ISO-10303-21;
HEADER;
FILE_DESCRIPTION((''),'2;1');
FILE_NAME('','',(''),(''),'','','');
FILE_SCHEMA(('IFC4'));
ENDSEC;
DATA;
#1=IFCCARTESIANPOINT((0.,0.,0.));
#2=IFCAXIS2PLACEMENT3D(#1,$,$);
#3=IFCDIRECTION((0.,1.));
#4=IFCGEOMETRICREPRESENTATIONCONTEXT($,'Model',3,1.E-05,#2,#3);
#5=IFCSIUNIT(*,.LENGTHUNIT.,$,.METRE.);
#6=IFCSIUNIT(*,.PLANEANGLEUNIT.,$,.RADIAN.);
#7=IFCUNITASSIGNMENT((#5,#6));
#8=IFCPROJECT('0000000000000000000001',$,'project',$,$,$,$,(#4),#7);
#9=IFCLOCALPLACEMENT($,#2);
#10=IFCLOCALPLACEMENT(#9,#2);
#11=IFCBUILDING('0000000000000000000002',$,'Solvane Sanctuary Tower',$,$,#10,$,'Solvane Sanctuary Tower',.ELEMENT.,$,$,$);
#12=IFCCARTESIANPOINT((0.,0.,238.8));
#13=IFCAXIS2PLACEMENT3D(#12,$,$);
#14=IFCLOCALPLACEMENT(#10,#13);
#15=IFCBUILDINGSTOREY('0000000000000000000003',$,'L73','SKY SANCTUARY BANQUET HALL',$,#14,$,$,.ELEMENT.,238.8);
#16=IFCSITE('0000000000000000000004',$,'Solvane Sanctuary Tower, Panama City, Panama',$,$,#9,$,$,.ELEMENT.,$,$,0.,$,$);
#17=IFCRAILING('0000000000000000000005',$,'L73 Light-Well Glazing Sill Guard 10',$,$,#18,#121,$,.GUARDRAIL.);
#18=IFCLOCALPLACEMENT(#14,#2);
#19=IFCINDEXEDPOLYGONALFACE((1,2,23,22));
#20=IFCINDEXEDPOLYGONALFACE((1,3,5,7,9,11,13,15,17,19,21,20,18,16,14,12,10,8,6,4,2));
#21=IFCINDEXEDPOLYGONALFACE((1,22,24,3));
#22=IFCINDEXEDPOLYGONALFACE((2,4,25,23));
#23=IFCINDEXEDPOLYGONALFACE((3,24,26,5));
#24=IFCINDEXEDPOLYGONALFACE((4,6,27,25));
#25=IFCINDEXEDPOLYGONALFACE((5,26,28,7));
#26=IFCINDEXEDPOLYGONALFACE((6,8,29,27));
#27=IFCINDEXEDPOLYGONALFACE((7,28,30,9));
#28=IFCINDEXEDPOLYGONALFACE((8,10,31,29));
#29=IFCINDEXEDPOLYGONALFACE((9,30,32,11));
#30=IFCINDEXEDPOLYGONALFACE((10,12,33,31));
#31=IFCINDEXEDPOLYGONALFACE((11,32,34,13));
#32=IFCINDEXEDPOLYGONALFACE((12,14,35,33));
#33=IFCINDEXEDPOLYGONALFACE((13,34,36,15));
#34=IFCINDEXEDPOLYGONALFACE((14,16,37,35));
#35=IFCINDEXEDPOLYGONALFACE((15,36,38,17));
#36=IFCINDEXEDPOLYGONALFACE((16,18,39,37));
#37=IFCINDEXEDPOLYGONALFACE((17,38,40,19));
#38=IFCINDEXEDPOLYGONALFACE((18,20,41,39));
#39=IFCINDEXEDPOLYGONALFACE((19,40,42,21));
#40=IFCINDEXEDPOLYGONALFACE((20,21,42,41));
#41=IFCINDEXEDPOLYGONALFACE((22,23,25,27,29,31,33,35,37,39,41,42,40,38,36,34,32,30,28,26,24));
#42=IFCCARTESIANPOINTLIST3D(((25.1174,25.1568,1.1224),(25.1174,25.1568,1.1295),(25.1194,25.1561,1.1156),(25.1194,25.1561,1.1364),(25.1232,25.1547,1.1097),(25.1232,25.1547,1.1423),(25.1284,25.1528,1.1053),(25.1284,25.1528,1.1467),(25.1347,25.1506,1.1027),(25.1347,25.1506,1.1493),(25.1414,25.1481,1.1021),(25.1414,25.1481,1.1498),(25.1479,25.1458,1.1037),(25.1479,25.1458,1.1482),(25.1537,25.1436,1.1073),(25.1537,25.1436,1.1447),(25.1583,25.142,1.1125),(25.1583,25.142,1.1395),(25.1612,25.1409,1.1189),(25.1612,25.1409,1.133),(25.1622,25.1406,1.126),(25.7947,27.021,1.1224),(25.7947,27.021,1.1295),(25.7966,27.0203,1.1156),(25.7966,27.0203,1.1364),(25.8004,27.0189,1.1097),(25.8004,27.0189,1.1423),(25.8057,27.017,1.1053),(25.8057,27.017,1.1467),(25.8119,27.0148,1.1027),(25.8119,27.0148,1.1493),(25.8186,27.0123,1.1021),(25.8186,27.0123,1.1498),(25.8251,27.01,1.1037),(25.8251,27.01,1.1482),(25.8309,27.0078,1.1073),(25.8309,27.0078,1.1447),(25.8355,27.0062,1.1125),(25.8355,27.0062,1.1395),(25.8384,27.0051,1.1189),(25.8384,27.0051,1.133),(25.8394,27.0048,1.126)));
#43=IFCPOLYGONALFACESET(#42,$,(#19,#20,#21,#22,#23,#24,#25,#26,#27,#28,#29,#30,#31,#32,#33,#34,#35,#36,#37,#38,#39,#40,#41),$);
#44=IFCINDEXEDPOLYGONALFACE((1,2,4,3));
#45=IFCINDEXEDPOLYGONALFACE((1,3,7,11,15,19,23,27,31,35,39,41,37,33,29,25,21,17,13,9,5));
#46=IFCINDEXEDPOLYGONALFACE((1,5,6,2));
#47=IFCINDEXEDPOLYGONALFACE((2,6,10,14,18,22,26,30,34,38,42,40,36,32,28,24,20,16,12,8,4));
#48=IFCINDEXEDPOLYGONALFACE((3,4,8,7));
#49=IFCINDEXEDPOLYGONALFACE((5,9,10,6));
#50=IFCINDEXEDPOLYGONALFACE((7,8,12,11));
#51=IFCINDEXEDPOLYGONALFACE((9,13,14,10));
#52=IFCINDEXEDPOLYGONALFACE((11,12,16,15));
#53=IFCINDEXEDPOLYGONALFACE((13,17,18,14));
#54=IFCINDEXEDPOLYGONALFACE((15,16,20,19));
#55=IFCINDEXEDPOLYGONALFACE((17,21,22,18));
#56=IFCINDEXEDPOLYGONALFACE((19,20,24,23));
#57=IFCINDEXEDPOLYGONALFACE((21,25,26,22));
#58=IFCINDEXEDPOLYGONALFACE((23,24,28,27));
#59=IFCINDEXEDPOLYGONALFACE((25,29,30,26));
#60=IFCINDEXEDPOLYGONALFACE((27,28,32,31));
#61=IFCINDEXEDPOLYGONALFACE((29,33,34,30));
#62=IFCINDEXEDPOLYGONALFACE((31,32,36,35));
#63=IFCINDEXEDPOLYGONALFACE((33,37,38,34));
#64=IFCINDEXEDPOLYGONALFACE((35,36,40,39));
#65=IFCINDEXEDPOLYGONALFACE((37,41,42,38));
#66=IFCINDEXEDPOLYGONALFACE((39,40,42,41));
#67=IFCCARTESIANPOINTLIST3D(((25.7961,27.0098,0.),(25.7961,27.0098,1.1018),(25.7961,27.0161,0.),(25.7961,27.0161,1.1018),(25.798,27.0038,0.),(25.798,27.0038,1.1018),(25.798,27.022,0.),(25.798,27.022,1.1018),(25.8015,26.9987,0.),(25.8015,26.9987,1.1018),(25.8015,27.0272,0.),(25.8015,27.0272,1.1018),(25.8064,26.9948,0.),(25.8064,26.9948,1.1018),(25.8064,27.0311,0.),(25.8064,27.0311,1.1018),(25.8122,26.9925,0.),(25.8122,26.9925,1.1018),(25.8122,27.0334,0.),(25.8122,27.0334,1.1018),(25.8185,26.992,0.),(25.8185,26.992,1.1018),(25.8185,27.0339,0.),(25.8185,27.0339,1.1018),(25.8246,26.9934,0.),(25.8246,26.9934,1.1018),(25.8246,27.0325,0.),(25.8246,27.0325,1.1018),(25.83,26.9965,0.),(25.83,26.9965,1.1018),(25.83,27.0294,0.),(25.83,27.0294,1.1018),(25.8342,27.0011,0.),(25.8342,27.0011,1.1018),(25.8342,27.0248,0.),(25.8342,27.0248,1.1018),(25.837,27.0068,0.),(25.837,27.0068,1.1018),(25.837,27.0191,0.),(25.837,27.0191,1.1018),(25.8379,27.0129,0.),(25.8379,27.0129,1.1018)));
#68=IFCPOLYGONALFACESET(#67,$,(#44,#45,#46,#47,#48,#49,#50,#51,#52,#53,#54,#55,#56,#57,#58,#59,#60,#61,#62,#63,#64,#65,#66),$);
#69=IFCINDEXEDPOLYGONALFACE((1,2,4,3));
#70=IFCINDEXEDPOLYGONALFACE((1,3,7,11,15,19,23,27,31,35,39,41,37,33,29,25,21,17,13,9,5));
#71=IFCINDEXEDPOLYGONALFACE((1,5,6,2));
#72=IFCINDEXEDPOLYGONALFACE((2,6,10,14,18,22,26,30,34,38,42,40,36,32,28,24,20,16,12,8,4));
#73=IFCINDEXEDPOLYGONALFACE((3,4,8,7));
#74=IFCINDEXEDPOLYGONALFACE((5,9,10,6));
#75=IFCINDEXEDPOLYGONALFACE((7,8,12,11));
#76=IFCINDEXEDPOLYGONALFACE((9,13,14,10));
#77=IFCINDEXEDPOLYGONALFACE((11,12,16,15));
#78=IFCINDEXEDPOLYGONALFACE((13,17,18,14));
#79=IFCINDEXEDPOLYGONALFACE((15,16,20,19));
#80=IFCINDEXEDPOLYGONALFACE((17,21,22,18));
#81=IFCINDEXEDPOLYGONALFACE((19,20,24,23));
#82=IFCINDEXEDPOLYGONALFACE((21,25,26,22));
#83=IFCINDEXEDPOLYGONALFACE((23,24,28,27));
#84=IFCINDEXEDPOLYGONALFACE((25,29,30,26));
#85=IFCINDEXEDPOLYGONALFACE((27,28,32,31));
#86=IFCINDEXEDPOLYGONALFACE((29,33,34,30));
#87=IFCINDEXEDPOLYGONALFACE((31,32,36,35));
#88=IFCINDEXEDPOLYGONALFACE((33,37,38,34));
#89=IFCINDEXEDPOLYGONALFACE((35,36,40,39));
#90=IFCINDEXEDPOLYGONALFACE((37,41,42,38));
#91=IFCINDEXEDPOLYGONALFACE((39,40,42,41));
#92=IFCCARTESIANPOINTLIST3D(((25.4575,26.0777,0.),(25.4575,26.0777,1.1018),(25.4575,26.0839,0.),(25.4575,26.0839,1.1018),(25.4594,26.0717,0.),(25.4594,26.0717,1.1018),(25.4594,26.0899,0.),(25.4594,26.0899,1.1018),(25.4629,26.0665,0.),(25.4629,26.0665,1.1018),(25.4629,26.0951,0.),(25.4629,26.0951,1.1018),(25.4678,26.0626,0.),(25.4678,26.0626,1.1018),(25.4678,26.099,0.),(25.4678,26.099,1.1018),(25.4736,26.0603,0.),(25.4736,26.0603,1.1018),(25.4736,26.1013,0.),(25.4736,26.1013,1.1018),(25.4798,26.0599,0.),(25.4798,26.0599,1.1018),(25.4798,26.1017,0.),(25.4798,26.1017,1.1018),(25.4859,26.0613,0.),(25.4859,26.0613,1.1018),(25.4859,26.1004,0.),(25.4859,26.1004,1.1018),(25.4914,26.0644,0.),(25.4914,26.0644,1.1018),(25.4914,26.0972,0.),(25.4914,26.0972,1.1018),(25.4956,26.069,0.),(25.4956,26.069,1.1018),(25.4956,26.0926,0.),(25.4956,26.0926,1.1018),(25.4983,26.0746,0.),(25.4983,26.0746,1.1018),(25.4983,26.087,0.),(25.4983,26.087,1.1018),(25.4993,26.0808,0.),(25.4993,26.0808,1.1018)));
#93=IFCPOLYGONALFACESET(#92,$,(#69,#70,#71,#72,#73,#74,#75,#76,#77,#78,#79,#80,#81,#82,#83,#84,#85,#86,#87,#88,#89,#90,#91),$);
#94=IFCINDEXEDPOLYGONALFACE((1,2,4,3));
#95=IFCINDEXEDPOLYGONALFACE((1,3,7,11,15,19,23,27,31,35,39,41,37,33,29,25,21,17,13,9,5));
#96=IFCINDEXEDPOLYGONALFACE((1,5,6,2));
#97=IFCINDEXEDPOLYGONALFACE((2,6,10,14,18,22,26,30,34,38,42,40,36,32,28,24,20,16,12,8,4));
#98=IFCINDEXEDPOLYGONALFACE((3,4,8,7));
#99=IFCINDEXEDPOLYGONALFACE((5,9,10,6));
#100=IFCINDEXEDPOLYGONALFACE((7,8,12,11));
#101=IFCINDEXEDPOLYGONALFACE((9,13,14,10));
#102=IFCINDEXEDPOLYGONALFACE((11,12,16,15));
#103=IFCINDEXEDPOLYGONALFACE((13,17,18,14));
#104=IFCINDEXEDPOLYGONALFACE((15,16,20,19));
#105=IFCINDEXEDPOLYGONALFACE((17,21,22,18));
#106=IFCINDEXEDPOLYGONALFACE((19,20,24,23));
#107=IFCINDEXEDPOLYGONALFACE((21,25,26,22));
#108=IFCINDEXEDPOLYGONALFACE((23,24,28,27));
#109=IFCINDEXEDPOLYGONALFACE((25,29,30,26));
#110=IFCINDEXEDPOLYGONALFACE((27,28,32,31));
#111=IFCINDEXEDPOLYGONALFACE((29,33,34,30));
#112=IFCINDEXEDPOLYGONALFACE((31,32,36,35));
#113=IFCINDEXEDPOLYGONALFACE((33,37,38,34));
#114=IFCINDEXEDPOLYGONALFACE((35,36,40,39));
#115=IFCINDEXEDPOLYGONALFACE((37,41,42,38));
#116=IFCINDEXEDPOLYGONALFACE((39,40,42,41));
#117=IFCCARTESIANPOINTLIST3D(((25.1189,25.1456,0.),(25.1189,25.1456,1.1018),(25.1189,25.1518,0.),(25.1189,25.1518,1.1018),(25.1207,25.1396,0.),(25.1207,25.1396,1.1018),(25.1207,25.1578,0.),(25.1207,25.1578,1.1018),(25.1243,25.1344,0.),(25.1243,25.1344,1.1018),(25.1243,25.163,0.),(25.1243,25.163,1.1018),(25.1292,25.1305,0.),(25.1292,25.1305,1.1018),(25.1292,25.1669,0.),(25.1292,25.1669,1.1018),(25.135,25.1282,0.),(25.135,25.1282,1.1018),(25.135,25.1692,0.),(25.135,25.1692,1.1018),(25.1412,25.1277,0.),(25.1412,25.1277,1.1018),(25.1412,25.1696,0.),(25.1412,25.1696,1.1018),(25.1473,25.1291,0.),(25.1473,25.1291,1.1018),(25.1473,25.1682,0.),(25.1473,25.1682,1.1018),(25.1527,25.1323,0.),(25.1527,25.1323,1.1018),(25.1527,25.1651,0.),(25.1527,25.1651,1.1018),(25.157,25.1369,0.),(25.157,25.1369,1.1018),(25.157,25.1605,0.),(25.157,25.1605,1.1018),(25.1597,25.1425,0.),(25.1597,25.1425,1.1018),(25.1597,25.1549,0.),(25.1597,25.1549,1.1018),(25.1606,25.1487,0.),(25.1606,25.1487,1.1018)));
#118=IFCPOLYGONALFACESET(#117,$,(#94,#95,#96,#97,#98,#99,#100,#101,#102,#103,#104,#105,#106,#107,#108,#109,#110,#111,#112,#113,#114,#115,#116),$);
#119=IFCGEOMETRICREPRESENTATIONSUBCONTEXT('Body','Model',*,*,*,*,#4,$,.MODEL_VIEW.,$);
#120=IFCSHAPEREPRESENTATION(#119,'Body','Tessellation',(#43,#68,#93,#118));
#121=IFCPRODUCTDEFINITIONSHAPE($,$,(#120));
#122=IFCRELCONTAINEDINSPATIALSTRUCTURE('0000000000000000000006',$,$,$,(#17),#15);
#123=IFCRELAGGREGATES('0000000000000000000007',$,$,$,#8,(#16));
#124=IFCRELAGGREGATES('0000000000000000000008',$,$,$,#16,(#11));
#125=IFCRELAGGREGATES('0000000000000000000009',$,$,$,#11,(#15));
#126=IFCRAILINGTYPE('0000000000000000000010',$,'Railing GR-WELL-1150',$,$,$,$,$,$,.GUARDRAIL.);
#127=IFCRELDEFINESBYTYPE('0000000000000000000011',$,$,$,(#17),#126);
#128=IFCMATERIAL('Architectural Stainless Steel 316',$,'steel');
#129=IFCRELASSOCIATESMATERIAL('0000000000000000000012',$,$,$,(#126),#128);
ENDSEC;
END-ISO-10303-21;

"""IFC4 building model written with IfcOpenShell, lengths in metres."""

from ifc_helpers import new_model, si_unit, direction, frame, origin, origin_2d, place, context, subcontext, project, spatial, circle, extrude, material, type_object, element, save


model = new_model("IFC4")

# Units and contexts
model_context = context("Model", 3, precision=1e-05, world=origin(), true_north=direction((0.0, 1.0)))
body_context = subcontext(model_context, "Body", "Model", "MODEL_VIEW")
ifc_project = project(units=[si_unit("LENGTHUNIT", "METRE"), si_unit("PLANEANGLEUNIT", "RADIAN")], contexts=[model_context])

# Site, building, storey
site_placement = place(None, origin())
site = spatial("IfcSite", under=ifc_project, at=site_placement, Name="Solvane Sanctuary Tower, Panama City, Panama", CompositionType="ELEMENT", RefElevation=0.0)
building_placement = place(site_placement, origin())
building = spatial("IfcBuilding", under=site, at=building_placement, Name="Solvane Sanctuary Tower", LongName="Solvane Sanctuary Tower", CompositionType="ELEMENT")
storey_placement = place(building_placement, frame((0.0, 0.0, 238.8)))
storey = spatial("IfcBuildingStorey", under=building, at=storey_placement, Name="L73", Description="SKY SANCTUARY BANQUET HALL", CompositionType="ELEMENT", Elevation=238.8)

# Shared definitions
ifc_material_1 = material(Name="Architectural Stainless Steel 316", Category="steel")

# Railing
railing_type = type_object("IfcRailingType", Name="Railing GR-WELL-1150", PredefinedType="GUARDRAIL", material=ifc_material_1)
railing_placement = place(storey_placement, frame((25.8169, 27.0129, 0.0)))
element("IfcRailing", 1, at=railing_placement, inside=storey, type_object=railing_type, Name="L73 Light-Well Glazing Sill Guard 10", PredefinedType="GUARDRAIL", context=body_context, shape_type="SweptSolid", body=[
    extrude(circle(Radius=0.0239, at=origin_2d()), frame((0.0, 0.0, 1.126), z_axis=(-0.341447, -0.939901, 0.0), x_axis=(0.939901, -0.341447, 0.0)), (0.0, 0.0, 1.0), 1.9834),
    extrude(circle(Radius=0.021, at=origin_2d()), origin(), (0.0, 0.0, 1.0), 1.1018),
    extrude(circle(Radius=0.021, at=origin_2d()), frame((-0.3386, -0.9321, 0.0)), (0.0, 0.0, 1.0), 1.1018),
    extrude(circle(Radius=0.021, at=origin_2d()), frame((-0.6772, -1.8643, 0.0)), (0.0, 0.0, 1.0), 1.1018),
])

save(model, "model.ifc")
